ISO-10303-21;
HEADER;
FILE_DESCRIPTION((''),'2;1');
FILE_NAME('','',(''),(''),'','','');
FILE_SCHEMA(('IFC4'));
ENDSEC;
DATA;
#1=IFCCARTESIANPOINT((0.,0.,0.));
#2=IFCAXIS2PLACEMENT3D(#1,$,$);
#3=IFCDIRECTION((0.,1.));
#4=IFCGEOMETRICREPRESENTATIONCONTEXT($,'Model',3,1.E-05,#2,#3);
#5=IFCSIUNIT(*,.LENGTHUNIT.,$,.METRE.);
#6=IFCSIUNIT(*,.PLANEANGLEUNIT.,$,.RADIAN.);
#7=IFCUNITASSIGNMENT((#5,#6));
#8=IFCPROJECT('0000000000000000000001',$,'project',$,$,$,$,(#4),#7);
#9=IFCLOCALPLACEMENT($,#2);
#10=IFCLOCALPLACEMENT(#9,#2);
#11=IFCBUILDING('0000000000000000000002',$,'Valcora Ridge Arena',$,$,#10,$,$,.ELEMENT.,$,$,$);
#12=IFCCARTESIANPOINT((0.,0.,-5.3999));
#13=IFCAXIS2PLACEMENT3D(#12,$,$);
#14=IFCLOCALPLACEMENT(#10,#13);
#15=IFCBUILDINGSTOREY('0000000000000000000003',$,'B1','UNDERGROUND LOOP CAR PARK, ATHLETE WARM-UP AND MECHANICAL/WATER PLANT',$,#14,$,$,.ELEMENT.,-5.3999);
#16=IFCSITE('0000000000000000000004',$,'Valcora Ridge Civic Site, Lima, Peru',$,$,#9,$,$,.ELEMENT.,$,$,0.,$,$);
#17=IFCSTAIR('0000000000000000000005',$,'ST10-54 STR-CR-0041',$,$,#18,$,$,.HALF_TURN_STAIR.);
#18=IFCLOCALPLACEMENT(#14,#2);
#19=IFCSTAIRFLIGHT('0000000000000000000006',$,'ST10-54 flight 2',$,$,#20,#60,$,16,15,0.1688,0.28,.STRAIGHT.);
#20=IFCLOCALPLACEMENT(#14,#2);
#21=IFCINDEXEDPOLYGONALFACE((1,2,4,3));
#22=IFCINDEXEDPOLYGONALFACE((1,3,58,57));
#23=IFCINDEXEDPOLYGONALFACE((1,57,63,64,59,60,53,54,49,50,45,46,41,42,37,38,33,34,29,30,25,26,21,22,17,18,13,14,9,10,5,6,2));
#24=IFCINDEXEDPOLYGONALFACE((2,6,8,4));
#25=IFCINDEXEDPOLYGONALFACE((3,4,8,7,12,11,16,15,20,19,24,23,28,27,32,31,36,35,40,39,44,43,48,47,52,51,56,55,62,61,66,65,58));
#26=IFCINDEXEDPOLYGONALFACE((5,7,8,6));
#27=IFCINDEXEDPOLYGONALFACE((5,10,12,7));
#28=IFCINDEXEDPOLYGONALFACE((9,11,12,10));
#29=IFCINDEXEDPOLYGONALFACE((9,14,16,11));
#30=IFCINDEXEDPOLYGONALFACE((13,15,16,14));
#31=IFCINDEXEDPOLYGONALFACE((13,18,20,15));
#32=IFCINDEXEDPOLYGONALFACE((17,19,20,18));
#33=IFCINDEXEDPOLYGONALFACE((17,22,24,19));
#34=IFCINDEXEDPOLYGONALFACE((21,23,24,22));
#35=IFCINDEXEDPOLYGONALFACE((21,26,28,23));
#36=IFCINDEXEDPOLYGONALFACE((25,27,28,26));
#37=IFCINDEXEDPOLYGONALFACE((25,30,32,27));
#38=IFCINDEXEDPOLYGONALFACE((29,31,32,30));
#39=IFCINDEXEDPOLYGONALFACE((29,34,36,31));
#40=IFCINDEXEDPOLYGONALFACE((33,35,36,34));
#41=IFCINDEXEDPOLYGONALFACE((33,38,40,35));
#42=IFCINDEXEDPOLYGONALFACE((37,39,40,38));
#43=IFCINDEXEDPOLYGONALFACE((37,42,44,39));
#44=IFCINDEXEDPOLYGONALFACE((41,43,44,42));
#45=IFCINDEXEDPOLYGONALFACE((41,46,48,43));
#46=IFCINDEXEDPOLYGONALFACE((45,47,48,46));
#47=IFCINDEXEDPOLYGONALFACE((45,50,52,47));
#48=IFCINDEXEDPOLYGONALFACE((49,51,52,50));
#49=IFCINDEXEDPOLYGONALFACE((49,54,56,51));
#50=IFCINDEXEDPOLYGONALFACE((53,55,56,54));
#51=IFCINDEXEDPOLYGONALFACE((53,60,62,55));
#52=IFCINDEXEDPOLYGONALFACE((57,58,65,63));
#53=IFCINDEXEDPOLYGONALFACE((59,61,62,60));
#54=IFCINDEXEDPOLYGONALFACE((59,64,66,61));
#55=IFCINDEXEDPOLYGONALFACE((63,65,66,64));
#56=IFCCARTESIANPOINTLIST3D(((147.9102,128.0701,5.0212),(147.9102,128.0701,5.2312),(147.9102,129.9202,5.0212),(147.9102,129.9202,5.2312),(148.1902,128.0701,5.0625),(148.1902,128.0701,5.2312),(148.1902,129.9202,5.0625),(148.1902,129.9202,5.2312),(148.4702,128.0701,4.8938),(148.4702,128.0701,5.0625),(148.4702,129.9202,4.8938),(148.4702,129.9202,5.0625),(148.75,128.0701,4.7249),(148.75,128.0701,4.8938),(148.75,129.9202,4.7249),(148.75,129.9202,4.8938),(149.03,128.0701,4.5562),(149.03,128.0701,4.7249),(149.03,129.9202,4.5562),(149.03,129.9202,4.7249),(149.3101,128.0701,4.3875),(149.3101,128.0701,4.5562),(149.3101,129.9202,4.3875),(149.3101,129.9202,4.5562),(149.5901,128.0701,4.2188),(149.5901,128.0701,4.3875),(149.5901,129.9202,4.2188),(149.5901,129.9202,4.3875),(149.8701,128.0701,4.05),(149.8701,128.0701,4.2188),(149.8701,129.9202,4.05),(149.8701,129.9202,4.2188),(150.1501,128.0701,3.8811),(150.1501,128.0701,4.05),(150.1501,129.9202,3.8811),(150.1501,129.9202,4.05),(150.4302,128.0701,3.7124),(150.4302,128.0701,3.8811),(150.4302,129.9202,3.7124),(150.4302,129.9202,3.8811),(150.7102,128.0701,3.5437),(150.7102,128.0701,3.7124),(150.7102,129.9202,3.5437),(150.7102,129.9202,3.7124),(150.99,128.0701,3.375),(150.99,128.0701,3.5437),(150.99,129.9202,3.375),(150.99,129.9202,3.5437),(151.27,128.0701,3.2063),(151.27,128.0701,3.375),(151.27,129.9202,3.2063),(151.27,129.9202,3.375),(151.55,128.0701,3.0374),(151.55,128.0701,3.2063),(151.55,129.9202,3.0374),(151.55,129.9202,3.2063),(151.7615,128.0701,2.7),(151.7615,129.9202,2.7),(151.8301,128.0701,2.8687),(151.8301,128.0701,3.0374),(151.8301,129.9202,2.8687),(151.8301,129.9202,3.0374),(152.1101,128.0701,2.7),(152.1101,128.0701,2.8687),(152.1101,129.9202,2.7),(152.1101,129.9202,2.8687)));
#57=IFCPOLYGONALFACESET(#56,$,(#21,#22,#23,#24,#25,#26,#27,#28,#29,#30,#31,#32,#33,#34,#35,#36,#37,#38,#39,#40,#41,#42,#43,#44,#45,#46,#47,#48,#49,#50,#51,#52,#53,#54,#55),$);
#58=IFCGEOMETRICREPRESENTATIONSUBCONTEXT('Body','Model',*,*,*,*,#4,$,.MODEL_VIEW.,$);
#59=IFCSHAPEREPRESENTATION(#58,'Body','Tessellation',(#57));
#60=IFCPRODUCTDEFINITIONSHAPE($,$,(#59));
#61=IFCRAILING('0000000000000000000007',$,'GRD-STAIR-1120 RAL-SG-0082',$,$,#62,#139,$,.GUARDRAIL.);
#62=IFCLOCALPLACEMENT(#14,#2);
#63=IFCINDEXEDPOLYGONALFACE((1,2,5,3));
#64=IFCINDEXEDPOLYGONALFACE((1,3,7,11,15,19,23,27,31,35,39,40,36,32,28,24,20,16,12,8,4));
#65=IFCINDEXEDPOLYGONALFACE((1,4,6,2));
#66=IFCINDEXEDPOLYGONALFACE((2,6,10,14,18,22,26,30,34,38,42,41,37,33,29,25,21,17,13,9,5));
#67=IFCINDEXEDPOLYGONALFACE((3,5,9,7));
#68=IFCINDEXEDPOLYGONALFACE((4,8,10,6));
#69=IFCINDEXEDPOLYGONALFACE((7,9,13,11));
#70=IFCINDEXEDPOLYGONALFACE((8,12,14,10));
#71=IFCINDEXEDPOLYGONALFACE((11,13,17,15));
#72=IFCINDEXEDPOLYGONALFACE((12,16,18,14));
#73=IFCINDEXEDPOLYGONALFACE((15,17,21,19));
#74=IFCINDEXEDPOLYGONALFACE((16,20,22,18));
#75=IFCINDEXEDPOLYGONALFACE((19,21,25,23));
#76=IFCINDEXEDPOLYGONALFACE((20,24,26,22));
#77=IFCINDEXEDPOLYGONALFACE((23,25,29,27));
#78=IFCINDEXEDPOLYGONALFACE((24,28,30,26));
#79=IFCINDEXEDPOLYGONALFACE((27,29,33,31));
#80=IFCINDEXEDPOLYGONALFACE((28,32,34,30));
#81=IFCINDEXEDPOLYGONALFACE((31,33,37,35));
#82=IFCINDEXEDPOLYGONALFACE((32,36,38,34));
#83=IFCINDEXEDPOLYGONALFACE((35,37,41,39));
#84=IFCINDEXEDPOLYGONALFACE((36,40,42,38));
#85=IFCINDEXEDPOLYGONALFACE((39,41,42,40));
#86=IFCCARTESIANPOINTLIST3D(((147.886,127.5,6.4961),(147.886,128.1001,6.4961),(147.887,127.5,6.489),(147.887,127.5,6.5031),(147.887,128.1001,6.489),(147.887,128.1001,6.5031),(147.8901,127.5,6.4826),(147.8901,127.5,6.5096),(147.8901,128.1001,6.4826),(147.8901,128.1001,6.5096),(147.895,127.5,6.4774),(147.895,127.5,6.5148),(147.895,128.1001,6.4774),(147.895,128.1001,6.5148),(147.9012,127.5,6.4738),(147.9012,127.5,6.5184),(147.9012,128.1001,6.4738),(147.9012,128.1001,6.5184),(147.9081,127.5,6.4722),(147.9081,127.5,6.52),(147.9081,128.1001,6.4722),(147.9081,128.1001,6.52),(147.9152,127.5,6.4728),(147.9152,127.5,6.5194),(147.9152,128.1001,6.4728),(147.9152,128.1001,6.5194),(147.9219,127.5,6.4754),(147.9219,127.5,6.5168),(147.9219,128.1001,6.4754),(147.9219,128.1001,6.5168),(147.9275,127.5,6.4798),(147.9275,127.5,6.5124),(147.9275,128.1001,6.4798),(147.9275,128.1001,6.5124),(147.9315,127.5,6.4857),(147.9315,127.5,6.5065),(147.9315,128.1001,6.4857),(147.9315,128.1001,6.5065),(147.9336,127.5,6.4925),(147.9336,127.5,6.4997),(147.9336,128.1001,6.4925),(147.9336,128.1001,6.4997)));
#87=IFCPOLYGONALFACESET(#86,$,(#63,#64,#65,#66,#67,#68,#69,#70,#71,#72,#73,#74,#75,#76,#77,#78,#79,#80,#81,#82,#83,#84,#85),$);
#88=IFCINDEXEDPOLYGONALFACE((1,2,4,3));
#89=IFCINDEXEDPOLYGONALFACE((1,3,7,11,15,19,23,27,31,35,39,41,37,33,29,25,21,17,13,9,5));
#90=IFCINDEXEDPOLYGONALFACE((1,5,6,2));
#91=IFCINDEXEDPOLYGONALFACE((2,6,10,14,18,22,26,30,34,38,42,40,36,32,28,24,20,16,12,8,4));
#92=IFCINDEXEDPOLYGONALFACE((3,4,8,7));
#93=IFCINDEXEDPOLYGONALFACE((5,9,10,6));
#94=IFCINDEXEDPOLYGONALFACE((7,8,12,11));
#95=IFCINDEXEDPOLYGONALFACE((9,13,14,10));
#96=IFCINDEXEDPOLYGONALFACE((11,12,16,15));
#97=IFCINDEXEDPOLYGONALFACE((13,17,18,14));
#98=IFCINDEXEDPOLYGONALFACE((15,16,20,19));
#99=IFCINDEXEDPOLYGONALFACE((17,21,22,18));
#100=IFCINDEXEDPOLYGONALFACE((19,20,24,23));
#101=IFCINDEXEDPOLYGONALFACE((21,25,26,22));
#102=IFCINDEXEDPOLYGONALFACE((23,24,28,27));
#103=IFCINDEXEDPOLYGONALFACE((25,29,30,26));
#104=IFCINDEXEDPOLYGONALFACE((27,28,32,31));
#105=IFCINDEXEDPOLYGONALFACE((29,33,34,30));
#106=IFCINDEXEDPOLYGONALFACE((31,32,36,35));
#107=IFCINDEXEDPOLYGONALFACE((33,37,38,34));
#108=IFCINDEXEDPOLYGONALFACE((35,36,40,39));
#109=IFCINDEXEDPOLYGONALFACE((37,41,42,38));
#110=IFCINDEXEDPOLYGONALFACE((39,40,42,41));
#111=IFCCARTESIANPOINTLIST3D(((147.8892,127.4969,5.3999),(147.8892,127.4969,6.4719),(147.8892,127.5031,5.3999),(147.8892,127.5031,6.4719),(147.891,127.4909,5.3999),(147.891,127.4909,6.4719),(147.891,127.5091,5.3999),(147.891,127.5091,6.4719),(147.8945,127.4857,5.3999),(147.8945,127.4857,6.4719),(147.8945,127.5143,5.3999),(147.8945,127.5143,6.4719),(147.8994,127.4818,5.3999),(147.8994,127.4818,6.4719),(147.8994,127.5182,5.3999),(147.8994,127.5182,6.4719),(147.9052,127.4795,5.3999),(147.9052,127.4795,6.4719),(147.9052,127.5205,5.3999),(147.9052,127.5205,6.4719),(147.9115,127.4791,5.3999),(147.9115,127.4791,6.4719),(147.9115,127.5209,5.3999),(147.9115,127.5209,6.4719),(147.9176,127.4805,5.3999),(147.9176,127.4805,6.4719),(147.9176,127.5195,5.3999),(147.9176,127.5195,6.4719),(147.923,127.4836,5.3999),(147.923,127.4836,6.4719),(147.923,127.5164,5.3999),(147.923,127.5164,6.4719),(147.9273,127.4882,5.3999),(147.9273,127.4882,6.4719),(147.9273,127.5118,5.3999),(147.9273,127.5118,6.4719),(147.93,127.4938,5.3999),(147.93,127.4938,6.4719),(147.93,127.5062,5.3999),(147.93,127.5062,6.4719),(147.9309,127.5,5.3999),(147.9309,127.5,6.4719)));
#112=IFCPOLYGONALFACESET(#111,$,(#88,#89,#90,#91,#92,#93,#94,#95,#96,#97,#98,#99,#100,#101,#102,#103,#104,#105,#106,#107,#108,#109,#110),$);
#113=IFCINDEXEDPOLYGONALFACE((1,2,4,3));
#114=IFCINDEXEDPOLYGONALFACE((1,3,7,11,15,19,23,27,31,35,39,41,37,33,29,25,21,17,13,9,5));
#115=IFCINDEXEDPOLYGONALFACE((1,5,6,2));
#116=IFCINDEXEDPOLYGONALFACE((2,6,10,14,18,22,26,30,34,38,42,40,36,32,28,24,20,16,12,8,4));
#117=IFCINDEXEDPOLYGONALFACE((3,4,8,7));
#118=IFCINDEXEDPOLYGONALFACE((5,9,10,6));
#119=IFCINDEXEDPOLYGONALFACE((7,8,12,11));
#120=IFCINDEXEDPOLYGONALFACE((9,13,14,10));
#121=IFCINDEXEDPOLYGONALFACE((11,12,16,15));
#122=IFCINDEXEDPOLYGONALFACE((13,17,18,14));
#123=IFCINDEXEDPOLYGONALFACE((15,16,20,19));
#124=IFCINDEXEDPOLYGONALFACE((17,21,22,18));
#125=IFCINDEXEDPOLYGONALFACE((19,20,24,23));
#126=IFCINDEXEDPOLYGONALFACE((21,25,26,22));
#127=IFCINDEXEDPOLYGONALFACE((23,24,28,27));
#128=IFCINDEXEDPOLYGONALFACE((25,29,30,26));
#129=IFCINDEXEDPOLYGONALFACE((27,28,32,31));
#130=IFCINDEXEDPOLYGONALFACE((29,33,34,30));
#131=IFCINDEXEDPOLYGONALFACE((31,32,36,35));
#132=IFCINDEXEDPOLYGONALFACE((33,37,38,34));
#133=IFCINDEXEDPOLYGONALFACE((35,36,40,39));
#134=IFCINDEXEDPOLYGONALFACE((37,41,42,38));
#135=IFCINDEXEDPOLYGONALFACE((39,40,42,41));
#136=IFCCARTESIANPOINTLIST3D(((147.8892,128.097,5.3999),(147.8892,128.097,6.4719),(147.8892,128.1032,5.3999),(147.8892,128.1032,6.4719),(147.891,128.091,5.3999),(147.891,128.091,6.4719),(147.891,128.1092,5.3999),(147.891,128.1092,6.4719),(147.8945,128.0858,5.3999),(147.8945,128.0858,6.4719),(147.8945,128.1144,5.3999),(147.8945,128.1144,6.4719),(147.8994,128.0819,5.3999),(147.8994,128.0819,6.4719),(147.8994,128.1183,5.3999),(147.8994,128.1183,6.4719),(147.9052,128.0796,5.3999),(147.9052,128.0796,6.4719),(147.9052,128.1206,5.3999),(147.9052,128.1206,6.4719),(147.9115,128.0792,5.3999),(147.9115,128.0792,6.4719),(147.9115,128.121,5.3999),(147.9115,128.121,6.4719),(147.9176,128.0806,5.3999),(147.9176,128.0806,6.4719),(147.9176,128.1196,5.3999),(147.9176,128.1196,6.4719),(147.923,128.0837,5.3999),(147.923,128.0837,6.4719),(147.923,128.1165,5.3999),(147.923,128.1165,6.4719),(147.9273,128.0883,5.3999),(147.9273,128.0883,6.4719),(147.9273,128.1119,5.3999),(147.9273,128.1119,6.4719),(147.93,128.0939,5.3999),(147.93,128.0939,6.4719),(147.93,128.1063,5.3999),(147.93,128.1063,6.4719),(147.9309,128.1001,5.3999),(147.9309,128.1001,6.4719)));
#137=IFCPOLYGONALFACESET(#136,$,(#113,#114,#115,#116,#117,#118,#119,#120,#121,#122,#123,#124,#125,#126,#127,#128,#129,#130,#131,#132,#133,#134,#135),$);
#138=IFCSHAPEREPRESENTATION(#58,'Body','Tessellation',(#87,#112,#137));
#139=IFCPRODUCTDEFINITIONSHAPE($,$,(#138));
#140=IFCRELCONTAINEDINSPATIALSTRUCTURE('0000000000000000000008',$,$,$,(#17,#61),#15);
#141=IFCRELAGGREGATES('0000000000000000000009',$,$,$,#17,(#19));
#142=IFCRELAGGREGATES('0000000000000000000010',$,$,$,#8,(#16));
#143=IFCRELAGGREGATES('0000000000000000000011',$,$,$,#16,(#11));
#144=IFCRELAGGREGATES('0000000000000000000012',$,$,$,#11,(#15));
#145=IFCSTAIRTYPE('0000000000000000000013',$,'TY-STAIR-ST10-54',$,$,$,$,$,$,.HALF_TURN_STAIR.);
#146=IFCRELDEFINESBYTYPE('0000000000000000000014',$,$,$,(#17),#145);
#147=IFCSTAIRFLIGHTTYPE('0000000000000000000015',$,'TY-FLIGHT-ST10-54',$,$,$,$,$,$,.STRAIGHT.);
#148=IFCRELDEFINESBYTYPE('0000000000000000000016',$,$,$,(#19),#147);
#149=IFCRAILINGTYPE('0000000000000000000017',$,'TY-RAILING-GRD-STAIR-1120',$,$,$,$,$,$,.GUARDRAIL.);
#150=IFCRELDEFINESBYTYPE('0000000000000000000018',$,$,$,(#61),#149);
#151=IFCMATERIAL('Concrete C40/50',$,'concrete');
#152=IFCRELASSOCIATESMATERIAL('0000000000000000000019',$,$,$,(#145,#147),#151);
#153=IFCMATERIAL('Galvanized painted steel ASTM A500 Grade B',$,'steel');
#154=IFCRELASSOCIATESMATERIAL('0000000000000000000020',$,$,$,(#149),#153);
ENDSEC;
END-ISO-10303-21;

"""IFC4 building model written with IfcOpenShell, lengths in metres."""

from ifc_helpers import new_model, si_unit, direction, frame, origin, origin_2d, place, context, subcontext, project, spatial, polyline, circle, outline, extrude, material, type_object, element, aggregate, save


model = new_model("IFC4")

# Units and contexts
model_context = context("Model", 3, precision=1e-05, world=origin(), true_north=direction((0.0, 1.0)))
body_context = subcontext(model_context, "Body", "Model", "MODEL_VIEW")
ifc_project = project(units=[si_unit("LENGTHUNIT", "METRE"), si_unit("PLANEANGLEUNIT", "RADIAN")], contexts=[model_context])

# Site, building, storey
site_placement = place(None, origin())
site = spatial("IfcSite", under=ifc_project, at=site_placement, Name="Valcora Ridge Civic Site, Lima, Peru", CompositionType="ELEMENT", RefElevation=0.0)
building_placement = place(site_placement, origin())
building = spatial("IfcBuilding", under=site, at=building_placement, Name="Valcora Ridge Arena", CompositionType="ELEMENT")
storey_placement = place(building_placement, frame((0.0, 0.0, -5.3999)))
storey = spatial("IfcBuildingStorey", under=building, at=storey_placement, Name="B1", Description="UNDERGROUND LOOP CAR PARK, ATHLETE WARM-UP AND MECHANICAL/WATER PLANT", CompositionType="ELEMENT", Elevation=-5.3999)

# Shared definitions
ifc_material_1 = material(Name="Concrete C40/50", Category="concrete")

# Stair, stair flight
stair_type = type_object("IfcStairType", Name="TY-STAIR-ST10-54", PredefinedType="HALF_TURN_STAIR", material=ifc_material_1)
stair_placement = place(storey_placement, origin())
stair = element("IfcStair", 1, at=stair_placement, inside=storey, type_object=stair_type, Name="ST10-54 STR-CR-0041", PredefinedType="HALF_TURN_STAIR")
stair_flight_type = type_object("IfcStairFlightType", Name="TY-FLIGHT-ST10-54", PredefinedType="STRAIGHT", material=ifc_material_1)
stair_flight_1_placement = place(storey_placement, frame((152.1101, 128.9951, 2.7), z_axis=(0.0, 0.0, 1.0), x_axis=(-1.0, 0.0, 0.0)))
stair_flight_1 = element("IfcStairFlight", 2, at=stair_flight_1_placement, type_object=stair_flight_type, Name="ST10-54 flight 2", NumberOfRisers=16, NumberOfTreads=15, PredefinedType="STRAIGHT", RiserHeight=0.1688, TreadLength=0.28, context=body_context, shape_type="SweptSolid", body=[
    extrude(outline(polyline([(0.0, 0.0), (0.0, 0.1687), (0.28, 0.1687), (0.28, 0.3374), (0.5601, 0.3374), (0.5601, 0.5063), (0.8401, 0.5063), (0.8401, 0.675), (1.1201, 0.675), (1.1201, 0.8438), (1.3999, 0.8438), (1.3999, 1.0125), (1.6799, 1.0125), (1.6799, 1.1812), (1.96, 1.1812), (1.96, 1.3501), (2.24, 1.3501), (2.24, 1.5188), (2.52, 1.5188), (2.52, 1.6875), (2.8, 1.6875), (2.8, 1.8562), (3.0801, 1.8562), (3.0801, 2.0249), (3.3601, 2.0249), (3.3601, 2.1938), (3.6399, 2.1938), (3.6399, 2.3625), (3.9199, 2.3625), (3.9199, 2.5312), (4.2, 2.5312), (4.2, 2.7), (4.2, 2.3213), (0.3486, 0.0), (0.0, 0.0)])), frame((0.0, 0.925, 0.0), z_axis=(0.0, -1.0, 0.0), x_axis=(1.0, 0.0, 0.0)), (0.0, 0.0, 1.0), 1.8501),
])
aggregate(stair, [stair_flight_1])

# Railing
ifc_material_2 = material(Name="Galvanized painted steel ASTM A500 Grade B", Category="steel")
railing_type_1 = type_object("IfcRailingType", Name="TY-RAILING-GRD-STAIR-1120", PredefinedType="GUARDRAIL", material=ifc_material_2)
railing_1_placement = place(storey_placement, frame((147.9099, 127.5, 5.3999)))
element("IfcRailing", 3, at=railing_1_placement, inside=storey, type_object=railing_type_1, Name="GRD-STAIR-1120 RAL-SG-0082", PredefinedType="GUARDRAIL", context=body_context, shape_type="SweptSolid", body=[
    extrude(circle(Radius=0.0239, at=origin_2d()), frame((0.0, 0.0, 1.0962), z_axis=(0.0, 1.0, 0.0), x_axis=(-1.0, 0.0, 0.0)), (0.0, 0.0, 1.0), 0.6001),
    extrude(circle(Radius=0.021, at=origin_2d()), origin(), (0.0, 0.0, 1.0), 1.072),
    extrude(circle(Radius=0.021, at=origin_2d()), frame((0.0, 0.6001, 0.0)), (0.0, 0.0, 1.0), 1.072),
])

save(model, "model.ifc")
